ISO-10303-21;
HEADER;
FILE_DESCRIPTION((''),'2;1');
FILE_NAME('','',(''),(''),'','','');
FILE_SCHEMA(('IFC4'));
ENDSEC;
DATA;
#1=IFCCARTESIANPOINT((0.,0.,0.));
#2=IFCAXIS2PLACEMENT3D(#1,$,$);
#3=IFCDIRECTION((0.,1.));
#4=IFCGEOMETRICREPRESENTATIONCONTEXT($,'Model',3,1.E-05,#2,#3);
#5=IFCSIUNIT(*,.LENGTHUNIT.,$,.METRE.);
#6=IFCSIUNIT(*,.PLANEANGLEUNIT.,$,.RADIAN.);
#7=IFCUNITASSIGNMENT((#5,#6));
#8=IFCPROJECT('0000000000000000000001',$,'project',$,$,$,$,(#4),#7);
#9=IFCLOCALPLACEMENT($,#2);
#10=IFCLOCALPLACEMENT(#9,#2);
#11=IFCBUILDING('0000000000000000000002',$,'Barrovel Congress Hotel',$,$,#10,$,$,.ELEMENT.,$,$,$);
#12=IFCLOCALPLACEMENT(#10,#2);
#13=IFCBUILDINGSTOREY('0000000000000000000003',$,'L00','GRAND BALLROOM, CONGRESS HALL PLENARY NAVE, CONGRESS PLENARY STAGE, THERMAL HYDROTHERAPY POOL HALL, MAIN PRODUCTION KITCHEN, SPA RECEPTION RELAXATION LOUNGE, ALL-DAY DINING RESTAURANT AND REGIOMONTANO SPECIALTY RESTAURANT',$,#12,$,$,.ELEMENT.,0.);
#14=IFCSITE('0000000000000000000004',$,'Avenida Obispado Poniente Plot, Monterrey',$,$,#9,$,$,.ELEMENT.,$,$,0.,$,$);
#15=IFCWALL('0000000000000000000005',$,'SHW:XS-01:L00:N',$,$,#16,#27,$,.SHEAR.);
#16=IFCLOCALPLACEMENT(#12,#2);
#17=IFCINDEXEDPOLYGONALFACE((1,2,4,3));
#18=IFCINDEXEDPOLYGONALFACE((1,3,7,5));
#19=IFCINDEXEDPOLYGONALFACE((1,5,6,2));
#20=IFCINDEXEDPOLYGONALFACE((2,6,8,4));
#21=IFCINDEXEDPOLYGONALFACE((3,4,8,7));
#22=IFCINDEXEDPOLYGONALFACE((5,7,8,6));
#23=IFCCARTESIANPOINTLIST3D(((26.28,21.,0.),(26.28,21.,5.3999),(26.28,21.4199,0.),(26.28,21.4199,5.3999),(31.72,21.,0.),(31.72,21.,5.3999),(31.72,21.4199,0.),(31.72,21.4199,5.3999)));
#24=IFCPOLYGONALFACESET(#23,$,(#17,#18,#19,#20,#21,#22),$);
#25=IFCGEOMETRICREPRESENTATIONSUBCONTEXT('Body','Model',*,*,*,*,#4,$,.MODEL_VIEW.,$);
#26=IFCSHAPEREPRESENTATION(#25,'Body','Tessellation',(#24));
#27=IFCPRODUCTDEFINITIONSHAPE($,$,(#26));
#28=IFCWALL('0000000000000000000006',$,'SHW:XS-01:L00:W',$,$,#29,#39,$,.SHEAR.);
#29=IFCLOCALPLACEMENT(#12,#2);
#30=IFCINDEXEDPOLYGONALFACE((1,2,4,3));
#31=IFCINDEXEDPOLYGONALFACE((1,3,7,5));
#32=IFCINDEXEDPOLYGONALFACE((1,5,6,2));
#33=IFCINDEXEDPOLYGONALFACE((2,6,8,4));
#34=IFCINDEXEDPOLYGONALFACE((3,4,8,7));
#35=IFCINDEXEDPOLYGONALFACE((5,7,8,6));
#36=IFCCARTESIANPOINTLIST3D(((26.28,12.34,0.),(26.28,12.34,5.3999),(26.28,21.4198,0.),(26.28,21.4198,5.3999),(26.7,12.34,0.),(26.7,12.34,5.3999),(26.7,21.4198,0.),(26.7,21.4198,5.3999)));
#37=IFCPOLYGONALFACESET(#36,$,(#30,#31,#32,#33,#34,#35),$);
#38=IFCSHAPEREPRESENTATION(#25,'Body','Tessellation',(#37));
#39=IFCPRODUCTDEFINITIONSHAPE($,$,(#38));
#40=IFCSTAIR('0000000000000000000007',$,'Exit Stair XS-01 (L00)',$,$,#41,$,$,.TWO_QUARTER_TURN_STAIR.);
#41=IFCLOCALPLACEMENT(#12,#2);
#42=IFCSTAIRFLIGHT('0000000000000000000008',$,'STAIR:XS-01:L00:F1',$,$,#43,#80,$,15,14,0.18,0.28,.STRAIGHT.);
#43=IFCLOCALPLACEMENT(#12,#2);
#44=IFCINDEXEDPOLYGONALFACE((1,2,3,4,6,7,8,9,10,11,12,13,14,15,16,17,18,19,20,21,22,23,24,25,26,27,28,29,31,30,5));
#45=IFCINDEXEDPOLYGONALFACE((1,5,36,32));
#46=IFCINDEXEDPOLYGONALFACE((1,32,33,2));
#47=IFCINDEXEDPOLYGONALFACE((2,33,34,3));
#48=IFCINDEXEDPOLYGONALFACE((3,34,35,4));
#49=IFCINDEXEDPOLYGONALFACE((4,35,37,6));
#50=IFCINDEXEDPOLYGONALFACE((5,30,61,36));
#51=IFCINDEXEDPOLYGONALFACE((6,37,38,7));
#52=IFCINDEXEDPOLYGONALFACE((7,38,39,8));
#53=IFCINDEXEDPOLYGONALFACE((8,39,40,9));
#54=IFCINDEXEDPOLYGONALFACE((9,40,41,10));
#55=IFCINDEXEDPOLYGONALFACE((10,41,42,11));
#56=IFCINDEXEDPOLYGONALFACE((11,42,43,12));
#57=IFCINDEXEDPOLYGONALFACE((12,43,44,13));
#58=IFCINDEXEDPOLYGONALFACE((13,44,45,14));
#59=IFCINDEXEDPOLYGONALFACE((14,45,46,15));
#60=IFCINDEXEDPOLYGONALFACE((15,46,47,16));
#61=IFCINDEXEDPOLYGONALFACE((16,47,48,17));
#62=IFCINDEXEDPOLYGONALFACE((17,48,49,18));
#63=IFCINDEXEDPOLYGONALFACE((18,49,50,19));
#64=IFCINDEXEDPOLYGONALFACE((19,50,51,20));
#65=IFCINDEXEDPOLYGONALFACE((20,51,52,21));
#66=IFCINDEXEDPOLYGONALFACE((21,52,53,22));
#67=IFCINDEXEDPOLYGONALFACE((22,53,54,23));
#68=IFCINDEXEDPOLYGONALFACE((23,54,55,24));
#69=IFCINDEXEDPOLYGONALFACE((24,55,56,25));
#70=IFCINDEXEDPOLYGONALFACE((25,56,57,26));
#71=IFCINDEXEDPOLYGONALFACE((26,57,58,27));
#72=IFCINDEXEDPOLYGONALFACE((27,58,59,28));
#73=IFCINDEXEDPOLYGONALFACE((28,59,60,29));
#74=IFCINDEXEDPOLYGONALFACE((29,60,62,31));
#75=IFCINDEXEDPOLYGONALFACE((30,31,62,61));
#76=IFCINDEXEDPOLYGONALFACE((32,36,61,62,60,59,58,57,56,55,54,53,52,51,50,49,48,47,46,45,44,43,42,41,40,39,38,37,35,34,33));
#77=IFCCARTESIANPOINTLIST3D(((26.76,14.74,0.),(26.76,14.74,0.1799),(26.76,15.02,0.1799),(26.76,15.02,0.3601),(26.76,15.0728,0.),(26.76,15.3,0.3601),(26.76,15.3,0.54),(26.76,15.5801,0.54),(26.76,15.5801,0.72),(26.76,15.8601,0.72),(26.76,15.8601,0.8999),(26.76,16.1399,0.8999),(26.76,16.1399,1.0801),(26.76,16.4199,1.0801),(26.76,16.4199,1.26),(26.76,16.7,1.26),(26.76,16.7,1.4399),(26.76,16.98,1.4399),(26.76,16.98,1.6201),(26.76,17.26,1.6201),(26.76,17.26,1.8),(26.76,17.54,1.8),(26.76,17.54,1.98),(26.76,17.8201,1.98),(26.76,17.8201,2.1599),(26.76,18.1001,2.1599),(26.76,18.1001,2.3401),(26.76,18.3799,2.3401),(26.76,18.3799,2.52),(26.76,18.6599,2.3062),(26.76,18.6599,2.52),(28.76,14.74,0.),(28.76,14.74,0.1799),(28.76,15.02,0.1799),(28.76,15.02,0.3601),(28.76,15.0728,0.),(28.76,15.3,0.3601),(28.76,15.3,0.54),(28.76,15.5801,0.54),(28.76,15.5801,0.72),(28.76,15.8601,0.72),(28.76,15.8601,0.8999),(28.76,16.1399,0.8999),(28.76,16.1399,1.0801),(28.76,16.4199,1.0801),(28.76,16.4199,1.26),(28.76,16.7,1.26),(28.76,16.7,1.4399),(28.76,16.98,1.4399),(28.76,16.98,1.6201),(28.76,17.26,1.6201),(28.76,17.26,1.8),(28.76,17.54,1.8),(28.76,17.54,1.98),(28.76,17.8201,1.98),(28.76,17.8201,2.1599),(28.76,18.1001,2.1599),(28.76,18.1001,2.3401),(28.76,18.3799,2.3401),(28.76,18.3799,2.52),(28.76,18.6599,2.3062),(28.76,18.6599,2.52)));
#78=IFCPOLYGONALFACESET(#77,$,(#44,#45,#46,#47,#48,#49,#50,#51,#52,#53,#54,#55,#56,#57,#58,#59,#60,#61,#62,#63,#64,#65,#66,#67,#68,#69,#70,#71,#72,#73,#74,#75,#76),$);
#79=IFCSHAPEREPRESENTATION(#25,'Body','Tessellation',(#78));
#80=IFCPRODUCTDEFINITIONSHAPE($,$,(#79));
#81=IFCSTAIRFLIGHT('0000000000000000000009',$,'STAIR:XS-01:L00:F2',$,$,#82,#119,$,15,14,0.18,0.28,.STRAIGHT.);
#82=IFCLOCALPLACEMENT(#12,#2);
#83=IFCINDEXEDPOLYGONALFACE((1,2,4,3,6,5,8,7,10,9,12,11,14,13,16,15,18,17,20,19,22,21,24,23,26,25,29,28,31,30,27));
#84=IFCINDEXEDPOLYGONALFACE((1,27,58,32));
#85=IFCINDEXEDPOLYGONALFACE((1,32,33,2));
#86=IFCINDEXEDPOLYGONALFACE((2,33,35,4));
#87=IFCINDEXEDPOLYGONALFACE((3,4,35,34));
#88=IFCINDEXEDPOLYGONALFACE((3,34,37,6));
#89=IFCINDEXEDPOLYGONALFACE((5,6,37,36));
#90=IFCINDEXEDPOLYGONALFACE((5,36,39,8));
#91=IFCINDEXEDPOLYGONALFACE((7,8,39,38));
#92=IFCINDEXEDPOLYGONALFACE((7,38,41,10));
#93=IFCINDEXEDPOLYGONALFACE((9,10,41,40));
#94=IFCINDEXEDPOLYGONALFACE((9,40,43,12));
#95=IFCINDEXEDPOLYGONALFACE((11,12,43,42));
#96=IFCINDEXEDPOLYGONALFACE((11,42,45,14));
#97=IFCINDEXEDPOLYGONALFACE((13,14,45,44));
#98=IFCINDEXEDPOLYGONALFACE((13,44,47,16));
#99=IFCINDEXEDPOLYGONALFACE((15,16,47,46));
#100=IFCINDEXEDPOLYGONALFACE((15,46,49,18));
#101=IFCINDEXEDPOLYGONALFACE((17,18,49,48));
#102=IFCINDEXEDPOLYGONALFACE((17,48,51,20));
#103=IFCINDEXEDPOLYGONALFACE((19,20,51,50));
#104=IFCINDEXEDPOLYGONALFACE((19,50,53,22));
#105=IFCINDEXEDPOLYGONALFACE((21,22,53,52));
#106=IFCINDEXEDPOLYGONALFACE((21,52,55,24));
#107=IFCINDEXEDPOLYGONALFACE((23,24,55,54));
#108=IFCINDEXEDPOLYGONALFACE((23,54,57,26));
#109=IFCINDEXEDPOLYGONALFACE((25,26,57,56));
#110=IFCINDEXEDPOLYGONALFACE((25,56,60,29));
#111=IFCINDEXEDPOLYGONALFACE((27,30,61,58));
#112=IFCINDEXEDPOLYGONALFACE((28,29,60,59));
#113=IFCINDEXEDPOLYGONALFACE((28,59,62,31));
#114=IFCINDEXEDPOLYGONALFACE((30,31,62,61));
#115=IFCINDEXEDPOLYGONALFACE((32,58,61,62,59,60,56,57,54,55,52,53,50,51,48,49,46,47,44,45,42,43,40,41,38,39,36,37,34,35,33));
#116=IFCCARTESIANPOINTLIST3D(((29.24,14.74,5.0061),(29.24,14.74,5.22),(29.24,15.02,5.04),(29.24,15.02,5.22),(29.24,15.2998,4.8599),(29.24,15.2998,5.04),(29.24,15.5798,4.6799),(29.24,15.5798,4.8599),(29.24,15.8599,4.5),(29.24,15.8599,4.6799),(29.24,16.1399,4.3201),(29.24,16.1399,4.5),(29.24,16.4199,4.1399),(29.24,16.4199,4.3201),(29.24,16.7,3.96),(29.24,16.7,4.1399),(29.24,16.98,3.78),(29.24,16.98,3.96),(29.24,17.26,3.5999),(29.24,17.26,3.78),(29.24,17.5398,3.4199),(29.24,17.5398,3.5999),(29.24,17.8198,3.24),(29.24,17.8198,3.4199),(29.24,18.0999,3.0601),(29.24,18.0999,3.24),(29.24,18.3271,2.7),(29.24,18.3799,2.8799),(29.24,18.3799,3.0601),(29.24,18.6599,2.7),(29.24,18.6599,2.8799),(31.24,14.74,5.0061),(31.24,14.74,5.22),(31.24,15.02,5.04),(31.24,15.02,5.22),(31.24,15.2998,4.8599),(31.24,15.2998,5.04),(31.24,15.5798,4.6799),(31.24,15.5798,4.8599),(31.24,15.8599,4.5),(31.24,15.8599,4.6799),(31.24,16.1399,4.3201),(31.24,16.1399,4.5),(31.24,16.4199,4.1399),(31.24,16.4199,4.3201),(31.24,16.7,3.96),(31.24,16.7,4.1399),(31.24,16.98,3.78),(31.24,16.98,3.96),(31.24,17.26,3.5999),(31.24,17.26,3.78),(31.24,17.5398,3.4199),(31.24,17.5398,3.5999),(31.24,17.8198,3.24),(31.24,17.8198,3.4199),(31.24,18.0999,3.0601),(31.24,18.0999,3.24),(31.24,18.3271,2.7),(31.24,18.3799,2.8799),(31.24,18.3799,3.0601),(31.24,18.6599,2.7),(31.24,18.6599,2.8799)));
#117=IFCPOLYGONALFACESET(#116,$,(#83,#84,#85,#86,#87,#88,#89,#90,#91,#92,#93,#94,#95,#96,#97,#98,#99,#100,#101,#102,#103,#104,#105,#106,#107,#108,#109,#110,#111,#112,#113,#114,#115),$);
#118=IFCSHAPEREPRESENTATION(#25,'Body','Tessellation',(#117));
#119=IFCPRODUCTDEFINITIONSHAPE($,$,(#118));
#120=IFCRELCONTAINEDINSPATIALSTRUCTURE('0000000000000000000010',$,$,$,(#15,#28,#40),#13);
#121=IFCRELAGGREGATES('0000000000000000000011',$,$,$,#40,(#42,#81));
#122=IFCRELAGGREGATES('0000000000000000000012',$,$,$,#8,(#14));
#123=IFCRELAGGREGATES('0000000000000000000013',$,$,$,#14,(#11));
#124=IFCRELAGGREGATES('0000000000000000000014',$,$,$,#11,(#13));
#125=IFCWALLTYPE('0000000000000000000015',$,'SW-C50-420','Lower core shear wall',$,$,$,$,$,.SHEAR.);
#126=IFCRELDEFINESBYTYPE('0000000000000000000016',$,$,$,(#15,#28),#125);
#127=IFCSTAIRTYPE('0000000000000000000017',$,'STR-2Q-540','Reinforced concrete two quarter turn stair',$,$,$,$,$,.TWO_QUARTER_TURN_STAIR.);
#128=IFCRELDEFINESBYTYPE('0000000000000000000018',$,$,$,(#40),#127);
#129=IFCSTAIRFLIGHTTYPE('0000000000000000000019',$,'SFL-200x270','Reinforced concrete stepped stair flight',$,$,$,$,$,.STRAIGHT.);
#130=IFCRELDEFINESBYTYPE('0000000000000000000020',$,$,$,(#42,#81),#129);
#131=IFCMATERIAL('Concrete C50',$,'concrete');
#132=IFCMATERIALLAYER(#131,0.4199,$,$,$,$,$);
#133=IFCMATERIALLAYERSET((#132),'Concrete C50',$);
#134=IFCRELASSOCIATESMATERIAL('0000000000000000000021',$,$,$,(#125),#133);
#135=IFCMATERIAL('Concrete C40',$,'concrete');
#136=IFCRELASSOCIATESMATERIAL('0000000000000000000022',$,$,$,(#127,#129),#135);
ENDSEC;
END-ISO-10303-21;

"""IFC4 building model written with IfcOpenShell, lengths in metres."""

from ifc_helpers import new_model, si_unit, direction, frame, frame_2d, origin, place, context, subcontext, project, spatial, polyline, rectangle, outline, extrude, material, layer, layer_set, type_object, element, aggregate, save


model = new_model("IFC4")

# Units and contexts
model_context = context("Model", 3, precision=1e-05, world=origin(), true_north=direction((0.0, 1.0)))
body_context = subcontext(model_context, "Body", "Model", "MODEL_VIEW")
ifc_project = project(units=[si_unit("LENGTHUNIT", "METRE"), si_unit("PLANEANGLEUNIT", "RADIAN")], contexts=[model_context])

# Site, building, storey
site_placement = place(None, origin())
site = spatial("IfcSite", under=ifc_project, at=site_placement, Name="Avenida Obispado Poniente Plot, Monterrey", CompositionType="ELEMENT", RefElevation=0.0)
building_placement = place(site_placement, origin())
building = spatial("IfcBuilding", under=site, at=building_placement, Name="Barrovel Congress Hotel", CompositionType="ELEMENT")
storey_placement = place(building_placement, origin())
storey = spatial("IfcBuildingStorey", under=building, at=storey_placement, Name="L00", Description="GRAND BALLROOM, CONGRESS HALL PLENARY NAVE, CONGRESS PLENARY STAGE, THERMAL HYDROTHERAPY POOL HALL, MAIN PRODUCTION KITCHEN, SPA RECEPTION RELAXATION LOUNGE, ALL-DAY DINING RESTAURANT AND REGIOMONTANO SPECIALTY RESTAURANT", CompositionType="ELEMENT", Elevation=0.0)

# Shared definitions
ifc_material_1 = material(Name="Concrete C40", Category="concrete")

# Shared definitions
ifc_material_2 = material(Name="Concrete C50", Category="concrete")
ifc_layer_1 = layer(ifc_material_2, 0.4199)
ifc_layer_set_1 = layer_set([ifc_layer_1], Name="Concrete C50")
wall_type = type_object("IfcWallType", Name="SW-C50-420", Description="Lower core shear wall", PredefinedType="SHEAR", material=ifc_layer_set_1)

# Walls
wall_1_placement = place(storey_placement, frame((31.72, 21.21, 0.0), z_axis=(0.0, 0.0, 1.0), x_axis=(-1.0, 0.0, 0.0)))
element("IfcWall", 1, at=wall_1_placement, inside=storey, type_object=wall_type, Name="SHW:XS-01:L00:N", PredefinedType="SHEAR", context=body_context, shape_type="SweptSolid", body=[
    extrude(rectangle(XDim=5.4399, YDim=0.4199, at=frame_2d((2.72, 0.0))), origin(), (0.0, 0.0, 1.0), 5.3999),
])
wall_2_placement = place(storey_placement, frame((26.49, 21.4199, 0.0), z_axis=(0.0, 0.0, 1.0), x_axis=(0.0, -1.0, 0.0)))
element("IfcWall", 2, at=wall_2_placement, inside=storey, type_object=wall_type, Name="SHW:XS-01:L00:W", PredefinedType="SHEAR", context=body_context, shape_type="SweptSolid", body=[
    extrude(rectangle(XDim=9.0798, YDim=0.4199, at=frame_2d((4.54, 0.0))), origin(), (0.0, 0.0, 1.0), 5.3999),
])

# Stair, stair flights
stair_type = type_object("IfcStairType", Name="STR-2Q-540", Description="Reinforced concrete two quarter turn stair", PredefinedType="TWO_QUARTER_TURN_STAIR", material=ifc_material_1)
stair_placement = place(storey_placement, origin())
stair = element("IfcStair", 3, at=stair_placement, inside=storey, type_object=stair_type, Name="Exit Stair XS-01 (L00)", PredefinedType="TWO_QUARTER_TURN_STAIR")
stair_flight_type = type_object("IfcStairFlightType", Name="SFL-200x270", Description="Reinforced concrete stepped stair flight", PredefinedType="STRAIGHT", material=ifc_material_1)
stair_flight_1_placement = place(storey_placement, frame((27.76, 14.74, 0.0), z_axis=(0.0, 0.0, 1.0), x_axis=(0.0, 1.0, 0.0)))
stair_flight_1 = element("IfcStairFlight", 4, at=stair_flight_1_placement, type_object=stair_flight_type, Name="STAIR:XS-01:L00:F1", NumberOfRisers=15, NumberOfTreads=14, PredefinedType="STRAIGHT", RiserHeight=0.18, TreadLength=0.28, context=body_context, shape_type="SweptSolid", body=[
    extrude(outline(polyline([(0.0, 0.0), (0.0, 0.1799), (0.28, 0.1799), (0.28, 0.3601), (0.5601, 0.3601), (0.5601, 0.54), (0.8401, 0.54), (0.8401, 0.72), (1.1201, 0.72), (1.1201, 0.8999), (1.3999, 0.8999), (1.3999, 1.0801), (1.6799, 1.0801), (1.6799, 1.26), (1.96, 1.26), (1.96, 1.4399), (2.24, 1.4399), (2.24, 1.6201), (2.52, 1.6201), (2.52, 1.8), (2.8, 1.8), (2.8, 1.98), (3.0801, 1.98), (3.0801, 2.1599), (3.3601, 2.1599), (3.3601, 2.3401), (3.6399, 2.3401), (3.6399, 2.52), (3.9199, 2.52), (3.9199, 2.7), (3.9199, 2.3062), (0.3328, 0.0), (0.0, 0.0)])), frame((0.0, 1.0, 0.0), z_axis=(0.0, -1.0, 0.0), x_axis=(1.0, 0.0, 0.0)), (0.0, 0.0, 1.0), 2.0),
])
stair_flight_2_placement = place(storey_placement, frame((30.24, 18.6599, 2.7), z_axis=(0.0, 0.0, 1.0), x_axis=(0.0, -1.0, 0.0)))
stair_flight_2 = element("IfcStairFlight", 5, at=stair_flight_2_placement, type_object=stair_flight_type, Name="STAIR:XS-01:L00:F2", NumberOfRisers=15, NumberOfTreads=14, PredefinedType="STRAIGHT", RiserHeight=0.18, TreadLength=0.28, context=body_context, shape_type="SweptSolid", body=[
    extrude(outline(polyline([(0.0, 0.0), (0.0, 0.1799), (0.28, 0.1799), (0.28, 0.3601), (0.5601, 0.3601), (0.5601, 0.54), (0.8401, 0.54), (0.8401, 0.72), (1.1201, 0.72), (1.1201, 0.8999), (1.3999, 0.8999), (1.3999, 1.0801), (1.6799, 1.0801), (1.6799, 1.26), (1.96, 1.26), (1.96, 1.4399), (2.24, 1.4399), (2.24, 1.6201), (2.52, 1.6201), (2.52, 1.8), (2.8, 1.8), (2.8, 1.98), (3.0801, 1.98), (3.0801, 2.1599), (3.3601, 2.1599), (3.3601, 2.3401), (3.6399, 2.3401), (3.6399, 2.52), (3.9199, 2.52), (3.9199, 2.7), (3.9199, 2.3062), (0.3328, 0.0), (0.0, 0.0)])), frame((0.0, 1.0, 0.0), z_axis=(0.0, -1.0, 0.0), x_axis=(1.0, 0.0, 0.0)), (0.0, 0.0, 1.0), 2.0),
])
aggregate(stair, [stair_flight_1, stair_flight_2])

save(model, "model.ifc")
